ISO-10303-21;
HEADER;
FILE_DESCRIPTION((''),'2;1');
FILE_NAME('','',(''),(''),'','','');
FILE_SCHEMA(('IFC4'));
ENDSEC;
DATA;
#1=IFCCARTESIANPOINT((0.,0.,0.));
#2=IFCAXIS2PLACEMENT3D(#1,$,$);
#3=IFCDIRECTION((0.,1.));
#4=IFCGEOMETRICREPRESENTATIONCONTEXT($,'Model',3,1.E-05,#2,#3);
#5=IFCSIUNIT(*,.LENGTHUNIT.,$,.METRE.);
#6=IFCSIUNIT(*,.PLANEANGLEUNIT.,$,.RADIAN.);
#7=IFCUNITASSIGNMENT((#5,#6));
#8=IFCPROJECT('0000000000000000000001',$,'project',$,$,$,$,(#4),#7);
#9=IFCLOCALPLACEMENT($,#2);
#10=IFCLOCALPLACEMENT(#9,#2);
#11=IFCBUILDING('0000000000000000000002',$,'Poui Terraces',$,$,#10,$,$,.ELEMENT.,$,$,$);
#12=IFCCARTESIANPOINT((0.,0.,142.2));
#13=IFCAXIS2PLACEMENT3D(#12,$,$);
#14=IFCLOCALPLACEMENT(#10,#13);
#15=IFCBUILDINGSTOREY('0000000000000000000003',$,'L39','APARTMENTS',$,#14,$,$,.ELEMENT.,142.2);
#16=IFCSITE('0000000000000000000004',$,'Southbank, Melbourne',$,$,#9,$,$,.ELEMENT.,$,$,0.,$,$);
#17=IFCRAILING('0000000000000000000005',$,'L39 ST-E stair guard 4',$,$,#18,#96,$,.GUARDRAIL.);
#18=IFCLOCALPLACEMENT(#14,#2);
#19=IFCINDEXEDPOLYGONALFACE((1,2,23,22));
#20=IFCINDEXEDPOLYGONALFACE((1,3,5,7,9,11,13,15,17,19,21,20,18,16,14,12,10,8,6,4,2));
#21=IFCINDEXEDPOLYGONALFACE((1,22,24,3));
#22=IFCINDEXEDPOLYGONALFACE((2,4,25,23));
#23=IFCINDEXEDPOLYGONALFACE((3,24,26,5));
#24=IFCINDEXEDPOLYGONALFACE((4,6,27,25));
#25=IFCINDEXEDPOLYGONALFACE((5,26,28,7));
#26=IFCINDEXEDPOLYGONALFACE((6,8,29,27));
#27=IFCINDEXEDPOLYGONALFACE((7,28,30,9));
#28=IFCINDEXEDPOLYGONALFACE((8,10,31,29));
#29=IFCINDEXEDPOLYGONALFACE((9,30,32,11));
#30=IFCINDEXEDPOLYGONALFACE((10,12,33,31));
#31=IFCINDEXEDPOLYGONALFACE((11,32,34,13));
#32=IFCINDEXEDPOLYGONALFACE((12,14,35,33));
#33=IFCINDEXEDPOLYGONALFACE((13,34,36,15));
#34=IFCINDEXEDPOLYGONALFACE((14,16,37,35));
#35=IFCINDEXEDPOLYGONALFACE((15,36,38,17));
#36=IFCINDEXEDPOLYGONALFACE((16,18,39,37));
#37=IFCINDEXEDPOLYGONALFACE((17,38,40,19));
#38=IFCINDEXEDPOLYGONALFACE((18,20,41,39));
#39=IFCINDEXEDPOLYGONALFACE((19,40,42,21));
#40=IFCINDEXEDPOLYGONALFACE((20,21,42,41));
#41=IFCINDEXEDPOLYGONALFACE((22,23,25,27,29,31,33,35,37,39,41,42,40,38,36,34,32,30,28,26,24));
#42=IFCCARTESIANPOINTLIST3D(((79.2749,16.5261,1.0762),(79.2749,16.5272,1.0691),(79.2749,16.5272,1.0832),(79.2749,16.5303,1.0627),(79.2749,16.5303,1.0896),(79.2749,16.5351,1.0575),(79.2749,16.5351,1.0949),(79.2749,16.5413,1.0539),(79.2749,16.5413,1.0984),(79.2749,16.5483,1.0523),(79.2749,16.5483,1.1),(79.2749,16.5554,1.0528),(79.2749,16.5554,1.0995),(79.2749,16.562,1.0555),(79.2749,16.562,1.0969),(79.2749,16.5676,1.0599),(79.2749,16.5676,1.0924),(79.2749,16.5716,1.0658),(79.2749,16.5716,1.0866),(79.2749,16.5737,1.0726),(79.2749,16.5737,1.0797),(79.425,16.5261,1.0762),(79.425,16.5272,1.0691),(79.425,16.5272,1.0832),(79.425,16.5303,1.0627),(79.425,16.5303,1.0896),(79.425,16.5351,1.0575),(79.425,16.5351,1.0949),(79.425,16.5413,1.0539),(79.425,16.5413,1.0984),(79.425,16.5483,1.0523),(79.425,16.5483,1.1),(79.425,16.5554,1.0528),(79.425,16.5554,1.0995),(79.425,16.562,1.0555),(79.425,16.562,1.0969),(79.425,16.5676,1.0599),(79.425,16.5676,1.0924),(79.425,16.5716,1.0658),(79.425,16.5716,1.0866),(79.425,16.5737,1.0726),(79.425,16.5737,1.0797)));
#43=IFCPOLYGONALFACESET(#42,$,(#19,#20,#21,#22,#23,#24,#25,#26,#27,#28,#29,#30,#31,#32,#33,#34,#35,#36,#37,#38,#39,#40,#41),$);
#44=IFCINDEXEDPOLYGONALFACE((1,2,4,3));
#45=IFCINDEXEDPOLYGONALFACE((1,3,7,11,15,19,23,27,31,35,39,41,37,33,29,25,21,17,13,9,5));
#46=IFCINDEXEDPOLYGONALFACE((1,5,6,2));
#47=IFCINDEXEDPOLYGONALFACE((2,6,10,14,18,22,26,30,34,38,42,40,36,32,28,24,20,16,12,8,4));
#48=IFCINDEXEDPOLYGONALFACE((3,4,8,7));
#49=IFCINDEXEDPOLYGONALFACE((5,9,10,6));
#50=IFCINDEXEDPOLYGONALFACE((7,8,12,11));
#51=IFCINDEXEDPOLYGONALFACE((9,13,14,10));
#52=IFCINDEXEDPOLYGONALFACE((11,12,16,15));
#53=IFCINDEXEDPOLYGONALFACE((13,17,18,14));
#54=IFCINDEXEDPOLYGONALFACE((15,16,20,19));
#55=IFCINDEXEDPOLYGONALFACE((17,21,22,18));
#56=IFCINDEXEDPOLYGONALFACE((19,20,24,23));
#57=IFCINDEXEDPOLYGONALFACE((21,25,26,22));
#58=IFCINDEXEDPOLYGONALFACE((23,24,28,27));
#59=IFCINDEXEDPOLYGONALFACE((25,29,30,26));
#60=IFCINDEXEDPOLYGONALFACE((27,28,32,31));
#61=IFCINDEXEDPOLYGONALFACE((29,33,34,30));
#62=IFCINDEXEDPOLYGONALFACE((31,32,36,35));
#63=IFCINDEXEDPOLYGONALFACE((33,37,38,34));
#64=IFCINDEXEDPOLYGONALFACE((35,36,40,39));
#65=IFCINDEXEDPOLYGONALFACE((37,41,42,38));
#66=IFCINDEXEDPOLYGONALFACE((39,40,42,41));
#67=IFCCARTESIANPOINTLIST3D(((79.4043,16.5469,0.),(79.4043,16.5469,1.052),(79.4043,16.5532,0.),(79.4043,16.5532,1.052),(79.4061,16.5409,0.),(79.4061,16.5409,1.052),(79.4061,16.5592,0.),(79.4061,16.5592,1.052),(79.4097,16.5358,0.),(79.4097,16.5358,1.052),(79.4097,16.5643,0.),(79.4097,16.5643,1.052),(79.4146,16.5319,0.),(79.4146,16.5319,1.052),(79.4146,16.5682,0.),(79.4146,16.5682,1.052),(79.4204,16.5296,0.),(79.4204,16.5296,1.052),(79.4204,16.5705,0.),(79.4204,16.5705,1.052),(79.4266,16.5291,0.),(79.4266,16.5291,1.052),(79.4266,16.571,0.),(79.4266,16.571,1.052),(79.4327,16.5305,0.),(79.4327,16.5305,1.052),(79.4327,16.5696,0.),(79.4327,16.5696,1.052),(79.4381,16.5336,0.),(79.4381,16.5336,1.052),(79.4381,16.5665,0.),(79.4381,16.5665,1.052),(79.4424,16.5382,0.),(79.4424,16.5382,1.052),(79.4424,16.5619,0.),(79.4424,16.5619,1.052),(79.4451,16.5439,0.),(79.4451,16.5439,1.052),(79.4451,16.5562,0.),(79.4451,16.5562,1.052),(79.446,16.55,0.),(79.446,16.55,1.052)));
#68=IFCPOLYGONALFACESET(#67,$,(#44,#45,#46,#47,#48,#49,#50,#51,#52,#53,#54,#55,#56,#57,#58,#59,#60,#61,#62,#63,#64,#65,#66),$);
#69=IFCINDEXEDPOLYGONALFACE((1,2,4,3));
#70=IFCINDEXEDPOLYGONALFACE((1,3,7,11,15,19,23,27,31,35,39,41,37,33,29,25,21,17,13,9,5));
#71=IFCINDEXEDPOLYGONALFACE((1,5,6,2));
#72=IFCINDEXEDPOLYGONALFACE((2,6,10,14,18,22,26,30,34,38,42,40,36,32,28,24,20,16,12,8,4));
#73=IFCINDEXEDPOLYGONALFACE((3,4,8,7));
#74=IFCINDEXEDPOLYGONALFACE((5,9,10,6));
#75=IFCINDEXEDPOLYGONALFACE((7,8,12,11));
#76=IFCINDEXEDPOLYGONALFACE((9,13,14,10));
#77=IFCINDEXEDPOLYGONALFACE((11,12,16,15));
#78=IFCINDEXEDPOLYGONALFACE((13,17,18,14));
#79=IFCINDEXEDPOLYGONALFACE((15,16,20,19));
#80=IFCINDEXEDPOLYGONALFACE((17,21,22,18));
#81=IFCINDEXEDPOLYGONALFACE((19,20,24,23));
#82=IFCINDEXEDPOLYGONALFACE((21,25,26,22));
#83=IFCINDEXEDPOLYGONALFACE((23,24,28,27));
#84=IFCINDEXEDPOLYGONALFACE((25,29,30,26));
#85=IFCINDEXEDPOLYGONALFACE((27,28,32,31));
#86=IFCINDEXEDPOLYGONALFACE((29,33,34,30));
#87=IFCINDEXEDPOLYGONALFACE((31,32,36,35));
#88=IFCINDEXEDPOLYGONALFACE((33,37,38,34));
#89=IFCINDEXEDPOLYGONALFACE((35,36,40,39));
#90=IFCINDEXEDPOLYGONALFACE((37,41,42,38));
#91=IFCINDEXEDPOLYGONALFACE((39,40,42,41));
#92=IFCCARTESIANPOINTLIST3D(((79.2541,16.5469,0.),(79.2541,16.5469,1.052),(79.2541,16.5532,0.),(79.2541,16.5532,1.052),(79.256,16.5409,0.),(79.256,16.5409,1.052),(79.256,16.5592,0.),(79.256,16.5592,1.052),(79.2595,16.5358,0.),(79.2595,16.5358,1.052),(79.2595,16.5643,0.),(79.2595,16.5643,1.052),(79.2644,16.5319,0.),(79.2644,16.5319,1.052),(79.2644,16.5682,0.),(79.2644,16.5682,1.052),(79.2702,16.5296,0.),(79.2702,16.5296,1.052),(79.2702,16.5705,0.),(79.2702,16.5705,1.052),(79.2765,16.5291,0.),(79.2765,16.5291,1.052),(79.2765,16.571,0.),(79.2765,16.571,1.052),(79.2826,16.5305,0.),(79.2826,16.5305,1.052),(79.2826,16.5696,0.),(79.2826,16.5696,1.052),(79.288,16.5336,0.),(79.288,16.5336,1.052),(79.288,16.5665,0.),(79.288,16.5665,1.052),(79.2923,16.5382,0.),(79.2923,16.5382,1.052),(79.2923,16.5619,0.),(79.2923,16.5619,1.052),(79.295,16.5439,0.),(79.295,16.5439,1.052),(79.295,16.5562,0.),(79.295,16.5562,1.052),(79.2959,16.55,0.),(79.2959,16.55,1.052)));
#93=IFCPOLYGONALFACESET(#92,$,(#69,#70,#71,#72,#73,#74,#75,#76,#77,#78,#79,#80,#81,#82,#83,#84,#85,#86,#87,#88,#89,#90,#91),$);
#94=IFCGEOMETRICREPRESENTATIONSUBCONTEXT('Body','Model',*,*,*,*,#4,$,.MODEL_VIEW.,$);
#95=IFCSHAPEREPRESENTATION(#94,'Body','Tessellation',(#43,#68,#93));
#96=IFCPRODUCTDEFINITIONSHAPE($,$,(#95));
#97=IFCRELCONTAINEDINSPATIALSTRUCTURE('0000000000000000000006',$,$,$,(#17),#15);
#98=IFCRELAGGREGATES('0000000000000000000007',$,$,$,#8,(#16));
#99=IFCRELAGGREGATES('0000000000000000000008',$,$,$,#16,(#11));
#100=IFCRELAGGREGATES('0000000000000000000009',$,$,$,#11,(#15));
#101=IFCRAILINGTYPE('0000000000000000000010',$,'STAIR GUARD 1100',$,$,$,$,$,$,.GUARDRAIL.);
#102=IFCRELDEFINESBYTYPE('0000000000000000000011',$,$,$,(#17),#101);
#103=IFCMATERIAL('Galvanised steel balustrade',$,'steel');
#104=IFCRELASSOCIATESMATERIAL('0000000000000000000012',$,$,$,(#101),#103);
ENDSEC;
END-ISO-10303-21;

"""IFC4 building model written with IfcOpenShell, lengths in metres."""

from ifc_helpers import new_model, si_unit, direction, frame, origin, origin_2d, place, context, subcontext, project, spatial, circle, extrude, material, type_object, element, save


model = new_model("IFC4")

# Units and contexts
model_context = context("Model", 3, precision=1e-05, world=origin(), true_north=direction((0.0, 1.0)))
body_context = subcontext(model_context, "Body", "Model", "MODEL_VIEW")
ifc_project = project(units=[si_unit("LENGTHUNIT", "METRE"), si_unit("PLANEANGLEUNIT", "RADIAN")], contexts=[model_context])

# Site, building, storey
site_placement = place(None, origin())
site = spatial("IfcSite", under=ifc_project, at=site_placement, Name="Southbank, Melbourne", CompositionType="ELEMENT", RefElevation=0.0)
building_placement = place(site_placement, origin())
building = spatial("IfcBuilding", under=site, at=building_placement, Name="Poui Terraces", CompositionType="ELEMENT")
storey_placement = place(building_placement, frame((0.0, 0.0, 142.2)))
storey = spatial("IfcBuildingStorey", under=building, at=storey_placement, Name="L39", Description="APARTMENTS", CompositionType="ELEMENT", Elevation=142.2)

# Railing
ifc_material_1 = material(Name="Galvanised steel balustrade", Category="steel")
railing_type_1 = type_object("IfcRailingType", Name="STAIR GUARD 1100", PredefinedType="GUARDRAIL", material=ifc_material_1)
railing_1_placement = place(storey_placement, frame((79.425, 16.55, 0.0)))
element("IfcRailing", 1, at=railing_1_placement, inside=storey, type_object=railing_type_1, Name="L39 ST-E stair guard 4", PredefinedType="GUARDRAIL", context=body_context, shape_type="SweptSolid", body=[
    extrude(circle(Radius=0.0239, at=origin_2d()), frame((0.0, 0.0, 1.0762), z_axis=(-1.0, 0.0, 0.0), x_axis=(0.0, -1.0, 0.0)), (0.0, 0.0, 1.0), 0.1501),
    extrude(circle(Radius=0.021, at=origin_2d()), origin(), (0.0, 0.0, 1.0), 1.052),
    extrude(circle(Radius=0.021, at=origin_2d()), frame((-0.1501, 0.0, 0.0)), (0.0, 0.0, 1.0), 1.052),
])

save(model, "model.ifc")
